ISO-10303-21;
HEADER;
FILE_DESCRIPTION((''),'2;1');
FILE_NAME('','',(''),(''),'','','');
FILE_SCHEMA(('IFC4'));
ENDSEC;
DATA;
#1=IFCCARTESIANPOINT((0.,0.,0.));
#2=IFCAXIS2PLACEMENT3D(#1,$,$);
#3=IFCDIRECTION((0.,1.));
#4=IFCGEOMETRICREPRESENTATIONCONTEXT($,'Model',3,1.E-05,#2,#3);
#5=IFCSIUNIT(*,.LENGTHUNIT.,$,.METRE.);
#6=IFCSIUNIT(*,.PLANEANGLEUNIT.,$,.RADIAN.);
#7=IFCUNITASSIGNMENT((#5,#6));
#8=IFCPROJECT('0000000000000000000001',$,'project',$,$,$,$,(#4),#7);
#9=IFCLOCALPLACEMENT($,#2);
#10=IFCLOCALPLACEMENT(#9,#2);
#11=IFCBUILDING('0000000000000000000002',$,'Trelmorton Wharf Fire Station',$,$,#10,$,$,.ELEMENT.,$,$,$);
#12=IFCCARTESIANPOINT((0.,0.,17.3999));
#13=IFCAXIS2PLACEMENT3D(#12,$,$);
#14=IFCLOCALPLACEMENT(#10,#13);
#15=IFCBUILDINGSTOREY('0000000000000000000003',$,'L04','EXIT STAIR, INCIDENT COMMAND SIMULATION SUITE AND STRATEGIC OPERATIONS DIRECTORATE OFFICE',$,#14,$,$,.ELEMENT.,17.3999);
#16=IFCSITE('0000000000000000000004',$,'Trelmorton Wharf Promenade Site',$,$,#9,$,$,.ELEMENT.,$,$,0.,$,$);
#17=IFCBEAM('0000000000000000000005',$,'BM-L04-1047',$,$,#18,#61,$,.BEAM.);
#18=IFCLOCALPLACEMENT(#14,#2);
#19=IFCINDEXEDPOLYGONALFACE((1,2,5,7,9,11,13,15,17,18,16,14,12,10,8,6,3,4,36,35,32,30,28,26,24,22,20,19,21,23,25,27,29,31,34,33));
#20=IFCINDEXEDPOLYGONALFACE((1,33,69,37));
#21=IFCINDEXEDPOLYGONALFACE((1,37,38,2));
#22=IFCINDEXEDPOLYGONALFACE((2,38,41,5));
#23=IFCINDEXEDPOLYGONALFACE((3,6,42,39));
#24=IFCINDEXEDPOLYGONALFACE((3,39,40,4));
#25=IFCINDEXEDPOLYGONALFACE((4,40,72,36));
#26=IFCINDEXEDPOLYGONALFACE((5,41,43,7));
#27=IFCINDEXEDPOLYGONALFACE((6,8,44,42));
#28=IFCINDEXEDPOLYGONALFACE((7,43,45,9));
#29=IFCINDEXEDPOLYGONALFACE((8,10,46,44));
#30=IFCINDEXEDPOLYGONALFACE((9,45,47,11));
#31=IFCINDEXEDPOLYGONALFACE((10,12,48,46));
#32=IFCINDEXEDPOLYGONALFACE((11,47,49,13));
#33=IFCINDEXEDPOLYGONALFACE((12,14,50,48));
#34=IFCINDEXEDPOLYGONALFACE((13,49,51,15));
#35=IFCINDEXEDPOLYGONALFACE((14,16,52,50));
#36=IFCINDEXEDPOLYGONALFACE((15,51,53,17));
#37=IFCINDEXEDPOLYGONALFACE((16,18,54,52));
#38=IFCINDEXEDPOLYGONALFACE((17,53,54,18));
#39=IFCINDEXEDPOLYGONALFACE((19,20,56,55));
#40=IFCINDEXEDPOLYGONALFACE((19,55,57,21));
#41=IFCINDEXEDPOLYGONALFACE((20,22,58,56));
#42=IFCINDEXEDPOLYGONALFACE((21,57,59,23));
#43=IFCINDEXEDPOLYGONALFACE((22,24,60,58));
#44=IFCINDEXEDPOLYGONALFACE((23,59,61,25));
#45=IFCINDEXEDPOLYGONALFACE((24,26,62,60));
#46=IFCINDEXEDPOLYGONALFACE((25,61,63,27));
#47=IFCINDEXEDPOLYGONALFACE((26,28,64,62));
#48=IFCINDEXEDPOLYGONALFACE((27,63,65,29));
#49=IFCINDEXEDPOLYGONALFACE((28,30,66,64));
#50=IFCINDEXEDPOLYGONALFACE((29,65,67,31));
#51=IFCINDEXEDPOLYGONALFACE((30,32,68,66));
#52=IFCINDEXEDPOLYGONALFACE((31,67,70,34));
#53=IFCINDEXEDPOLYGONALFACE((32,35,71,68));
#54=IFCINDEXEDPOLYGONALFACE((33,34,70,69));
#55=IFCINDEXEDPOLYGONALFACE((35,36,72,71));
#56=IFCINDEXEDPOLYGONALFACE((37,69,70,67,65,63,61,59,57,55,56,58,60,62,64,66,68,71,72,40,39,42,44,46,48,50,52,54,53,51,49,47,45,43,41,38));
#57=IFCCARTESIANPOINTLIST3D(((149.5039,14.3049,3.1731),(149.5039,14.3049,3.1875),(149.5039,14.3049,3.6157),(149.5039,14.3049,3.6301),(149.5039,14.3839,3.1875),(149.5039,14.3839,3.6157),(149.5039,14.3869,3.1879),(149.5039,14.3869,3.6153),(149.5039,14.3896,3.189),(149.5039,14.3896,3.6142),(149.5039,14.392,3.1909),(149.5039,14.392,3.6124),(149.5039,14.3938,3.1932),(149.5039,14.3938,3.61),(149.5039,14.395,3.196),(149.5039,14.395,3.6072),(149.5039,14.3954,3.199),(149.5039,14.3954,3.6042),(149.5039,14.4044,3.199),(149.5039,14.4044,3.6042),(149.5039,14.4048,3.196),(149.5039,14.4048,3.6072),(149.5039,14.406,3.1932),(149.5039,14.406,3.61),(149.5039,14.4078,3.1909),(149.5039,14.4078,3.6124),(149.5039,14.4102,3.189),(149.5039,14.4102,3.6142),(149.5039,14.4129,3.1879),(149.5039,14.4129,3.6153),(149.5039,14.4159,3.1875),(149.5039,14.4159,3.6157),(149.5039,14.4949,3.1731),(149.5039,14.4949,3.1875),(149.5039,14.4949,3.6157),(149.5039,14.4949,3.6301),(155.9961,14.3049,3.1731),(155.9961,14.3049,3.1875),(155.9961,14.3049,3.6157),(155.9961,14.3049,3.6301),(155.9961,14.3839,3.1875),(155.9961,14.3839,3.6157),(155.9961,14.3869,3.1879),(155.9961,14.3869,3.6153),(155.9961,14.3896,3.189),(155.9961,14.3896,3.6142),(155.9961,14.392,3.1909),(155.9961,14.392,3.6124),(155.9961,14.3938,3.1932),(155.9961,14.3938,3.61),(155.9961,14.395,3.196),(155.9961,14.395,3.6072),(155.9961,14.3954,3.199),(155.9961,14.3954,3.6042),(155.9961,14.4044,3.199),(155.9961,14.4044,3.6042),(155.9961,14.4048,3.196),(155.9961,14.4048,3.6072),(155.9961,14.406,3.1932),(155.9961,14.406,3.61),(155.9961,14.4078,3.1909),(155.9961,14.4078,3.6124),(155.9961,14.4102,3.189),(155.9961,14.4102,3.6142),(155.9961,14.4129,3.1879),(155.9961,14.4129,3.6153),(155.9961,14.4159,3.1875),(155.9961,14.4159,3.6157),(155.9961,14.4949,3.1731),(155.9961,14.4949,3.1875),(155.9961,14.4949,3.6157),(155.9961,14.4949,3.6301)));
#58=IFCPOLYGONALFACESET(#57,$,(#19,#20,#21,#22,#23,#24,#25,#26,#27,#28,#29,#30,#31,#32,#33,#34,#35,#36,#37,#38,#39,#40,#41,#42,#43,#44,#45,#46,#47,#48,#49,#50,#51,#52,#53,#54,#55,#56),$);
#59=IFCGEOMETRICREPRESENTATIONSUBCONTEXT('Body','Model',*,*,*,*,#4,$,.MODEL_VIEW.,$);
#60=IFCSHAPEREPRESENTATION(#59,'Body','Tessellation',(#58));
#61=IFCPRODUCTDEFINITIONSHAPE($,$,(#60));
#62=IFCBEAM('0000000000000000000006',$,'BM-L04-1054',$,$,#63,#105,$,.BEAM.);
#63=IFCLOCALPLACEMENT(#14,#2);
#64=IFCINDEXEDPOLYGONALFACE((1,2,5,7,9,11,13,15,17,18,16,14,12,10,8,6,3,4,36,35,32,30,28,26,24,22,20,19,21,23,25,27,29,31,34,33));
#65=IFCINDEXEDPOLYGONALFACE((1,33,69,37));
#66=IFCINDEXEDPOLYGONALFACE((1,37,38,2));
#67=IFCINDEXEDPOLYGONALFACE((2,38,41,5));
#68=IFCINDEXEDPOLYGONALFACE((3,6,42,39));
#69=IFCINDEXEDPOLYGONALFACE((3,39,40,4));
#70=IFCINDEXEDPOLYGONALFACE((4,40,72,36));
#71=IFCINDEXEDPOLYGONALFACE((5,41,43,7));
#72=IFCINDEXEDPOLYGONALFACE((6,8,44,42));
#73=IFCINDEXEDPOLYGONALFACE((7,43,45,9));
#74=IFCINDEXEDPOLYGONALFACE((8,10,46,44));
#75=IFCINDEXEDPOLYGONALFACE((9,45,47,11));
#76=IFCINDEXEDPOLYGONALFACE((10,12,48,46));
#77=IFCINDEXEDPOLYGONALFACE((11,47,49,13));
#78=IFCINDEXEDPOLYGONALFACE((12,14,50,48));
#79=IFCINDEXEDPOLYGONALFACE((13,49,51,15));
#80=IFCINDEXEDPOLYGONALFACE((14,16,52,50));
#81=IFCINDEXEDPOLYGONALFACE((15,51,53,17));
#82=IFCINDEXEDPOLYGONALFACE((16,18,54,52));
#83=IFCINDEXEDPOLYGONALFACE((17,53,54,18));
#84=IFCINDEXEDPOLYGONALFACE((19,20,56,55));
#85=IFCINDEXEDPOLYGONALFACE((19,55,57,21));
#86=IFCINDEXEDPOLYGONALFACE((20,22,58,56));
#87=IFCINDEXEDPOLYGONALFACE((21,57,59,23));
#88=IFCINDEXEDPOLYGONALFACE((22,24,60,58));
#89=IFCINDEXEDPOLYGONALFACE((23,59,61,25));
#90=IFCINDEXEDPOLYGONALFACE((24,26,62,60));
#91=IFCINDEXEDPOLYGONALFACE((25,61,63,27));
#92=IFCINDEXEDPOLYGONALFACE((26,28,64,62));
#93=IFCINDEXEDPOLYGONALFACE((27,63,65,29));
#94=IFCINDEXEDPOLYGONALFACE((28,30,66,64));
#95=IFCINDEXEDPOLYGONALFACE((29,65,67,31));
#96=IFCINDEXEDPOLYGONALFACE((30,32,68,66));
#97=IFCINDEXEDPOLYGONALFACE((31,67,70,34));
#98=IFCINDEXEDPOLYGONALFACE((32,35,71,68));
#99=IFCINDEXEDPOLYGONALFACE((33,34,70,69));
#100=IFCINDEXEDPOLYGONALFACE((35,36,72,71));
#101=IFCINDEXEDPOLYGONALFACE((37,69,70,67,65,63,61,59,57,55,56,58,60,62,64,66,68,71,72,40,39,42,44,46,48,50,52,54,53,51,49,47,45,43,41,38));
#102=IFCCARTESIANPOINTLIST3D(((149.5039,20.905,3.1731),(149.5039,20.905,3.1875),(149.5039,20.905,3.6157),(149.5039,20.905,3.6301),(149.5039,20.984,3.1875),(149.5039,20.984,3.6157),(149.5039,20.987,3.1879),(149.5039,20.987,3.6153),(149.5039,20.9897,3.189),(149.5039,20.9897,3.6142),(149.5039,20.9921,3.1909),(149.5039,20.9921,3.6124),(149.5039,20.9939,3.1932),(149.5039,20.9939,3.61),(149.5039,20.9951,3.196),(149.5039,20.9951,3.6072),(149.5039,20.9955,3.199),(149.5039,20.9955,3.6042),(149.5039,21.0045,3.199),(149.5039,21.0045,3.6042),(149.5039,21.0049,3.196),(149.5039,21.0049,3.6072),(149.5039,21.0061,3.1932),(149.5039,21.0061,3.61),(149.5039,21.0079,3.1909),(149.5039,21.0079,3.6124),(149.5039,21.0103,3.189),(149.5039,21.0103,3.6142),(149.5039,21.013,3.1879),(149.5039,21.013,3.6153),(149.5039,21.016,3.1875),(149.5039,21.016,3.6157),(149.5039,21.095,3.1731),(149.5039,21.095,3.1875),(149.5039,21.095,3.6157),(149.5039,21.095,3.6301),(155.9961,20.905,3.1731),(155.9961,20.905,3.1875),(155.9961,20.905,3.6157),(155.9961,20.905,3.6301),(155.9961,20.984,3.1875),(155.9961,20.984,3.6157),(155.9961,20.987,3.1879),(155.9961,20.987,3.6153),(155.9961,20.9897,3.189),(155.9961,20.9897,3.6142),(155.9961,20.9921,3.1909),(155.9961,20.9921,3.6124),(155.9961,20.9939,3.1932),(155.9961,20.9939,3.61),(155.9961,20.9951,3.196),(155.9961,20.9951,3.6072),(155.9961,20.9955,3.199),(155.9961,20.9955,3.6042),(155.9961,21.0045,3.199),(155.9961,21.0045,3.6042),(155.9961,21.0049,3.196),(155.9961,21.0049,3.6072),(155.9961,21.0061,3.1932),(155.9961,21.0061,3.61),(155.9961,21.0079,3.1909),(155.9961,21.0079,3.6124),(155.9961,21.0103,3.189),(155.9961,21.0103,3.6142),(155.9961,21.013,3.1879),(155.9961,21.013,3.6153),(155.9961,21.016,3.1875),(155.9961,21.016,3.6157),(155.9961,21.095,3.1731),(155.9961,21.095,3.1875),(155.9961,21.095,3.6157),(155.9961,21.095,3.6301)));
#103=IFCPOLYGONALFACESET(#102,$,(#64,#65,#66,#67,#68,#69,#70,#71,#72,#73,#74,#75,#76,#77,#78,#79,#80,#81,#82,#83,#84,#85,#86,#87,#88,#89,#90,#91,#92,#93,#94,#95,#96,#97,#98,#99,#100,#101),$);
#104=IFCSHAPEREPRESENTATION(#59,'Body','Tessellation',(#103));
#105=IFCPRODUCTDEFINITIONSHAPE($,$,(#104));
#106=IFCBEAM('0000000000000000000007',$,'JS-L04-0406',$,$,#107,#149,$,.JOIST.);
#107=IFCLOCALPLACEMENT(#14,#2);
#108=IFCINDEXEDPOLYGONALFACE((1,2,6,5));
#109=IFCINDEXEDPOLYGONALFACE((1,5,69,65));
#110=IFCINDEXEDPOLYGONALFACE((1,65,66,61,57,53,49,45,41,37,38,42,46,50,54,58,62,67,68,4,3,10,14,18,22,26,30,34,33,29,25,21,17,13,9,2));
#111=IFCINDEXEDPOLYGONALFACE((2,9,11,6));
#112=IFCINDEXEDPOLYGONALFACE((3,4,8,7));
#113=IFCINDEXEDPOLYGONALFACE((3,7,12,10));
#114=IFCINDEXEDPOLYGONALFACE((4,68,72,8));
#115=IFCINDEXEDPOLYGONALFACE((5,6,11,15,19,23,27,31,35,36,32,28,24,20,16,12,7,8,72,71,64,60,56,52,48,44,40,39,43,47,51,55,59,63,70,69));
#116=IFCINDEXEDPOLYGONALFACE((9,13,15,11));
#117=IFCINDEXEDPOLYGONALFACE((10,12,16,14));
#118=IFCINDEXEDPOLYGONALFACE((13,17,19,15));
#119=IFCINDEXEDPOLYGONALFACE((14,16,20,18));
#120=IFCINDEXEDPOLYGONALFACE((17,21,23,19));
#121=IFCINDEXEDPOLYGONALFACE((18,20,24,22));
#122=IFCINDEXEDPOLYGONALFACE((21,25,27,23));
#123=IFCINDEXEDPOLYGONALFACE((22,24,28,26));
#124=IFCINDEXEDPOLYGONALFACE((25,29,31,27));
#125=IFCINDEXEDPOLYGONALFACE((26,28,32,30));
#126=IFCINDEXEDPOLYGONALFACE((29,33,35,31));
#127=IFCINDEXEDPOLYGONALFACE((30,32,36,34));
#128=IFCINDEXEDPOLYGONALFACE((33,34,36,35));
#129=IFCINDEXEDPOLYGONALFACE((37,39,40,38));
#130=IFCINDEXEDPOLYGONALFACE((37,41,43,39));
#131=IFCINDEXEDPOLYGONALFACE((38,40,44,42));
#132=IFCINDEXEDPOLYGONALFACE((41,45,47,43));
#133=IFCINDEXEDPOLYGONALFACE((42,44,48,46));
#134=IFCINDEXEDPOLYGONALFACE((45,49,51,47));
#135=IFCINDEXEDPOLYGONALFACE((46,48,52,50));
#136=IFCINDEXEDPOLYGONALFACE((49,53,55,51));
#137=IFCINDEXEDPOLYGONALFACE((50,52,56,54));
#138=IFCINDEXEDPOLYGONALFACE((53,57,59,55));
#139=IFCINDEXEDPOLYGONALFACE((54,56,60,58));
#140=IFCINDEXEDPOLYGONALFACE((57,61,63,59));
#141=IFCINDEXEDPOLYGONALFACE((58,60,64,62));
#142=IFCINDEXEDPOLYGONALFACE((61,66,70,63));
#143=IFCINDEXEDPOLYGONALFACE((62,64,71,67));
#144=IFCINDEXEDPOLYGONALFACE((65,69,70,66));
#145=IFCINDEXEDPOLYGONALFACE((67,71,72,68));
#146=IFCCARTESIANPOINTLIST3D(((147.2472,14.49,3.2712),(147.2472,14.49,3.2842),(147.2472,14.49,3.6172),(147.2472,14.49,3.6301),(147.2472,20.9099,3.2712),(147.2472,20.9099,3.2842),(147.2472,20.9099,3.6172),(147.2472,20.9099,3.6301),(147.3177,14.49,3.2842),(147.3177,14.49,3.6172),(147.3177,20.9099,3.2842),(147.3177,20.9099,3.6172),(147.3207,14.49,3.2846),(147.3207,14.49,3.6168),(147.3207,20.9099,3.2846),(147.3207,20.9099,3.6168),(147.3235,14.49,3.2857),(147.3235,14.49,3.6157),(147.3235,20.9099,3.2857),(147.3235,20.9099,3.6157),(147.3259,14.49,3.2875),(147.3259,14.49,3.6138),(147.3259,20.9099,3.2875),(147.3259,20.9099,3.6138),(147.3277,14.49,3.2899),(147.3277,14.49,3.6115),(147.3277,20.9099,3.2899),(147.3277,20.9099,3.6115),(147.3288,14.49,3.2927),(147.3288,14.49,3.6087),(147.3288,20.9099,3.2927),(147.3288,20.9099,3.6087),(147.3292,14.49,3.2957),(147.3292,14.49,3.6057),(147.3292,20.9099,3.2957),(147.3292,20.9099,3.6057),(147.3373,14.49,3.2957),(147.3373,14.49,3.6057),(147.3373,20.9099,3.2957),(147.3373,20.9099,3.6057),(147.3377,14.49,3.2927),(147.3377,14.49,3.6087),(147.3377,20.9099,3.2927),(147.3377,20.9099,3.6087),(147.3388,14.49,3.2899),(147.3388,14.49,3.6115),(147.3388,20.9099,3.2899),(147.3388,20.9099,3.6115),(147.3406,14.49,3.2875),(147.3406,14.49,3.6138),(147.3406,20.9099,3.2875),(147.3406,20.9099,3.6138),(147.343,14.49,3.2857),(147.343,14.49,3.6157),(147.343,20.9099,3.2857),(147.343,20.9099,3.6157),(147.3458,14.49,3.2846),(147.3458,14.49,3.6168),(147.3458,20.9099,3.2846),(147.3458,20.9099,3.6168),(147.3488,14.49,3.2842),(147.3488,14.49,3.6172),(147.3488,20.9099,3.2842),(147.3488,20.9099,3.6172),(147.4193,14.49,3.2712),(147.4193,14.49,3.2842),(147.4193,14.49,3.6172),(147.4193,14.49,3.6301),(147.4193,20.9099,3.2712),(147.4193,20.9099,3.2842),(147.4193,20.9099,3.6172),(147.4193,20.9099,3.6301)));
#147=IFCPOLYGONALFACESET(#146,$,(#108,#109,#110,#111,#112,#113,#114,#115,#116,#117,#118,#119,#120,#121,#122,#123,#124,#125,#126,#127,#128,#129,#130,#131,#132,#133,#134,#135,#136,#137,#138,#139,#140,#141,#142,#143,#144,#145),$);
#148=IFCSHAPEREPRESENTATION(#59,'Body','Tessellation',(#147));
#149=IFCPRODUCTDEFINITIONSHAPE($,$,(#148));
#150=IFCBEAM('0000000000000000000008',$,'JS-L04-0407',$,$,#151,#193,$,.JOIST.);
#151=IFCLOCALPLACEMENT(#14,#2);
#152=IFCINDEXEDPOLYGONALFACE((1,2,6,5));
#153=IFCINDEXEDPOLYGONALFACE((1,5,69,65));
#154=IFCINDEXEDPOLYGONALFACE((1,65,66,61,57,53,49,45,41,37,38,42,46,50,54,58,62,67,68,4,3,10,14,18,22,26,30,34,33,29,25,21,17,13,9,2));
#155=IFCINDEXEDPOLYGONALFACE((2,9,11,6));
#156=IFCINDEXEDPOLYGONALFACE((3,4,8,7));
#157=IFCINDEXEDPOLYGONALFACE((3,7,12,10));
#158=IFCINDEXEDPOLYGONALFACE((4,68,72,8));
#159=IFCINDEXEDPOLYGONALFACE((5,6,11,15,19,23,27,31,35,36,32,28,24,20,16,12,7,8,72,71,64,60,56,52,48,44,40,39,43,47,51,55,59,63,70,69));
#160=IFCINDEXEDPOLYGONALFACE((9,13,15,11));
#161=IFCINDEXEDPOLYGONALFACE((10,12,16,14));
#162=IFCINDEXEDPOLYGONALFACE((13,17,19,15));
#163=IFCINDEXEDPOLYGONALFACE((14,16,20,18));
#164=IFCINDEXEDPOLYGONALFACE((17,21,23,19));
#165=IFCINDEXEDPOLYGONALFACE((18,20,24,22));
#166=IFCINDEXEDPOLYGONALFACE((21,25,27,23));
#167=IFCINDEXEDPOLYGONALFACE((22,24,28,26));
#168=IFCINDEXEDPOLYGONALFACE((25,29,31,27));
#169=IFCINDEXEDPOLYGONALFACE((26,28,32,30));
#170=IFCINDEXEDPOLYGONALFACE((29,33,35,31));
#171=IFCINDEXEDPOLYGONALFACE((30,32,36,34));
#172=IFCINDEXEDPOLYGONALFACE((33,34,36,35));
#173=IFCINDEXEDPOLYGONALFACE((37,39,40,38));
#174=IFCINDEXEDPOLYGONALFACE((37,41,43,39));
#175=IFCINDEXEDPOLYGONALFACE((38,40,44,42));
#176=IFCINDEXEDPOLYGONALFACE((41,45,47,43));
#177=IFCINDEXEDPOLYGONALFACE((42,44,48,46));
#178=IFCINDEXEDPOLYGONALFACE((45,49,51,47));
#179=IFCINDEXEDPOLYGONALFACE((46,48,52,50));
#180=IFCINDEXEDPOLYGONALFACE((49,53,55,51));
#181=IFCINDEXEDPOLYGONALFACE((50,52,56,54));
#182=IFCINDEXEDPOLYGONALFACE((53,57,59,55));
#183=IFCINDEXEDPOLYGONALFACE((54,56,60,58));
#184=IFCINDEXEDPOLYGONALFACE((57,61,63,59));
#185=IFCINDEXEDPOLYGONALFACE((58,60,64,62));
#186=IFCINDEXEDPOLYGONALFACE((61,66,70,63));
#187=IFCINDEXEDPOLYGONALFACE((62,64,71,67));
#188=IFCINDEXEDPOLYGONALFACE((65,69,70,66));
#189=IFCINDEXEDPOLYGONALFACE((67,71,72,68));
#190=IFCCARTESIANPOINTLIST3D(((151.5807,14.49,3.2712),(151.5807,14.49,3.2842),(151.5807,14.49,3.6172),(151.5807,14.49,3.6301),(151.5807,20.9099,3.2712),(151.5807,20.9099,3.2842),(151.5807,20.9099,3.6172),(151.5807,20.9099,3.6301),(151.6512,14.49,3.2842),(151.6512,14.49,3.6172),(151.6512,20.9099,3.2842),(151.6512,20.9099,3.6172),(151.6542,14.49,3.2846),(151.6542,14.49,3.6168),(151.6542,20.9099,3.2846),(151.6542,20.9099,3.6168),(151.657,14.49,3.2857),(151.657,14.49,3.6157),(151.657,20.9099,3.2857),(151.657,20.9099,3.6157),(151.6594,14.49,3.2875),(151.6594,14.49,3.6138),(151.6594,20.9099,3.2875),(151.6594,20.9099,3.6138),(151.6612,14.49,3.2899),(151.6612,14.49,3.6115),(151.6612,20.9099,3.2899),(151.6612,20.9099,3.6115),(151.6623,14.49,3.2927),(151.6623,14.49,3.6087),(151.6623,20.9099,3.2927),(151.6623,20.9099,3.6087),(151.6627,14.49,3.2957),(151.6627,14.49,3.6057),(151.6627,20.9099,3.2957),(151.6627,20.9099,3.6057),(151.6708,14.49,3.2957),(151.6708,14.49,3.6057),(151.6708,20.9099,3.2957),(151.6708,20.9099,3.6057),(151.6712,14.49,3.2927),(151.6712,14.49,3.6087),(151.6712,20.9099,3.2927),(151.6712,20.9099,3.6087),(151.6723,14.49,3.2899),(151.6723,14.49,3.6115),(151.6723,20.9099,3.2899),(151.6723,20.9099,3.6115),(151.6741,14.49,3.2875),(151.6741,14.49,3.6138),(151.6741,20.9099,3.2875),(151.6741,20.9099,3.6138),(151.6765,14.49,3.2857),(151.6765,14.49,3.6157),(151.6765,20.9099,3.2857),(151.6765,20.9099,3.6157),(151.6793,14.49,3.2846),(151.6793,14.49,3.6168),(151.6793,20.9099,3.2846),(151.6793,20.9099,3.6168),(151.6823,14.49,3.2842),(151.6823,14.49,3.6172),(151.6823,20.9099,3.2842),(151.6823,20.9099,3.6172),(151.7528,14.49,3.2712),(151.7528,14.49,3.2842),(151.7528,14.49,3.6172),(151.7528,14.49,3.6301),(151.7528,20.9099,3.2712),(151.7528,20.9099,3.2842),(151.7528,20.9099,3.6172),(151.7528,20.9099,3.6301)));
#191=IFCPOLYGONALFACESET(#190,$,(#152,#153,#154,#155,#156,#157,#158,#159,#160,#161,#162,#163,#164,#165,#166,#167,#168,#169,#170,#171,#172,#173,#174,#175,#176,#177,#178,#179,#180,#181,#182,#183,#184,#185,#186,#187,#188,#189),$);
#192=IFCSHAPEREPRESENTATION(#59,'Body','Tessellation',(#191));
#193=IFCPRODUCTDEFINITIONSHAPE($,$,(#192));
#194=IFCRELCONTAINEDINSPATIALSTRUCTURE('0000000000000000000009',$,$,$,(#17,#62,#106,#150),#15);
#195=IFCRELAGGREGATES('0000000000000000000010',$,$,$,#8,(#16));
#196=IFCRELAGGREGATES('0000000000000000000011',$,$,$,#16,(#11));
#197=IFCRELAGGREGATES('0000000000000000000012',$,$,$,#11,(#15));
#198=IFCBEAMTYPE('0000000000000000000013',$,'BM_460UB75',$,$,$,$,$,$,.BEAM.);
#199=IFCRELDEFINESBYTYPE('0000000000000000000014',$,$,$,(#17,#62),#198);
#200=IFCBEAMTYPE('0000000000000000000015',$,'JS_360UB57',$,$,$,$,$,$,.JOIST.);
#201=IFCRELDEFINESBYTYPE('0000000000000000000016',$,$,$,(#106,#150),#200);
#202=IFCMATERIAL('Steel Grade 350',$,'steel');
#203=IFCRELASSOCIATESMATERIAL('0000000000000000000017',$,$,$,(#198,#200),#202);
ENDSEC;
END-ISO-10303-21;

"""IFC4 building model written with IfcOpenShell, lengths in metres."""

from ifc_helpers import new_model, si_unit, direction, frame, origin, origin_2d, place, context, subcontext, project, spatial, i_section, extrude, material, material_profile, profile_set, type_object, element, save


model = new_model("IFC4")

# Units and contexts
model_context = context("Model", 3, precision=1e-05, world=origin(), true_north=direction((0.0, 1.0)))
body_context = subcontext(model_context, "Body", "Model", "MODEL_VIEW")
ifc_project = project(units=[si_unit("LENGTHUNIT", "METRE"), si_unit("PLANEANGLEUNIT", "RADIAN")], contexts=[model_context])

# Site, building, storey
site_placement = place(None, origin())
site = spatial("IfcSite", under=ifc_project, at=site_placement, Name="Trelmorton Wharf Promenade Site", CompositionType="ELEMENT", RefElevation=0.0)
building_placement = place(site_placement, origin())
building = spatial("IfcBuilding", under=site, at=building_placement, Name="Trelmorton Wharf Fire Station", CompositionType="ELEMENT")
storey_placement = place(building_placement, frame((0.0, 0.0, 17.3999)))
storey = spatial("IfcBuildingStorey", under=building, at=storey_placement, Name="L04", Description="EXIT STAIR, INCIDENT COMMAND SIMULATION SUITE AND STRATEGIC OPERATIONS DIRECTORATE OFFICE", CompositionType="ELEMENT", Elevation=17.3999)

# Shared definitions
ifc_material_1 = material(Name="Steel Grade 350", Category="steel")

# Beams
ifc_material_profile_1 = material_profile(ifc_material_1, i_section(OverallWidth=0.1899, OverallDepth=0.457, WebThickness=0.009, FlangeThickness=0.0144, FilletRadius=0.0115, at=origin_2d()), Name="460UB74.6")
ifc_profile_set_1 = profile_set([ifc_material_profile_1], Name="Steel Grade 350")
beam_type_1 = type_object("IfcBeamType", Name="BM_460UB75", PredefinedType="BEAM", material=ifc_profile_set_1)
for number, where, z_axis, x_axis, name in (
    (1, (149.5039, 14.3999, 3.4016), (1.0, 0.0, 0.0), (0.0, 1.0, 0.0), "BM-L04-1047"),
    (2, (149.5039, 21.0, 3.4016), (1.0, 0.0, 0.0), (0.0, 1.0, 0.0), "BM-L04-1054"),
):
    element("IfcBeam", number, at=place(storey_placement, frame(where, z_axis=z_axis, x_axis=x_axis)), inside=storey, type_object=beam_type_1, Name=name, PredefinedType="BEAM", context=body_context, shape_type="SweptSolid", body=[
        extrude(i_section(OverallWidth=0.1899, OverallDepth=0.457, WebThickness=0.009, FlangeThickness=0.0144, FilletRadius=0.0115, at=origin_2d()), origin(), (0.0, 0.0, 1.0), 6.4922),
    ])
ifc_material_profile_2 = material_profile(ifc_material_1, i_section(OverallWidth=0.1721, OverallDepth=0.3589, WebThickness=0.0081, FlangeThickness=0.0129, FilletRadius=0.0115, at=origin_2d()), Name="360UB56.7")
ifc_profile_set_2 = profile_set([ifc_material_profile_2], Name="Steel Grade 350")
beam_type_2 = type_object("IfcBeamType", Name="JS_360UB57", PredefinedType="JOIST", material=ifc_profile_set_2)
for number, where, z_axis, x_axis, name in (
    (3, (147.3333, 14.49, 3.4507), (0.0, 1.0, 0.0), (-1.0, 0.0, 0.0), "JS-L04-0406"),
    (4, (151.6667, 14.49, 3.4507), (0.0, 1.0, 0.0), (-1.0, 0.0, 0.0), "JS-L04-0407"),
):
    element("IfcBeam", number, at=place(storey_placement, frame(where, z_axis=z_axis, x_axis=x_axis)), inside=storey, type_object=beam_type_2, Name=name, PredefinedType="JOIST", context=body_context, shape_type="SweptSolid", body=[
        extrude(i_section(OverallWidth=0.1721, OverallDepth=0.3589, WebThickness=0.0081, FlangeThickness=0.0129, FilletRadius=0.0115, at=origin_2d()), origin(), (0.0, 0.0, 1.0), 6.4199),
    ])

save(model, "model.ifc")
